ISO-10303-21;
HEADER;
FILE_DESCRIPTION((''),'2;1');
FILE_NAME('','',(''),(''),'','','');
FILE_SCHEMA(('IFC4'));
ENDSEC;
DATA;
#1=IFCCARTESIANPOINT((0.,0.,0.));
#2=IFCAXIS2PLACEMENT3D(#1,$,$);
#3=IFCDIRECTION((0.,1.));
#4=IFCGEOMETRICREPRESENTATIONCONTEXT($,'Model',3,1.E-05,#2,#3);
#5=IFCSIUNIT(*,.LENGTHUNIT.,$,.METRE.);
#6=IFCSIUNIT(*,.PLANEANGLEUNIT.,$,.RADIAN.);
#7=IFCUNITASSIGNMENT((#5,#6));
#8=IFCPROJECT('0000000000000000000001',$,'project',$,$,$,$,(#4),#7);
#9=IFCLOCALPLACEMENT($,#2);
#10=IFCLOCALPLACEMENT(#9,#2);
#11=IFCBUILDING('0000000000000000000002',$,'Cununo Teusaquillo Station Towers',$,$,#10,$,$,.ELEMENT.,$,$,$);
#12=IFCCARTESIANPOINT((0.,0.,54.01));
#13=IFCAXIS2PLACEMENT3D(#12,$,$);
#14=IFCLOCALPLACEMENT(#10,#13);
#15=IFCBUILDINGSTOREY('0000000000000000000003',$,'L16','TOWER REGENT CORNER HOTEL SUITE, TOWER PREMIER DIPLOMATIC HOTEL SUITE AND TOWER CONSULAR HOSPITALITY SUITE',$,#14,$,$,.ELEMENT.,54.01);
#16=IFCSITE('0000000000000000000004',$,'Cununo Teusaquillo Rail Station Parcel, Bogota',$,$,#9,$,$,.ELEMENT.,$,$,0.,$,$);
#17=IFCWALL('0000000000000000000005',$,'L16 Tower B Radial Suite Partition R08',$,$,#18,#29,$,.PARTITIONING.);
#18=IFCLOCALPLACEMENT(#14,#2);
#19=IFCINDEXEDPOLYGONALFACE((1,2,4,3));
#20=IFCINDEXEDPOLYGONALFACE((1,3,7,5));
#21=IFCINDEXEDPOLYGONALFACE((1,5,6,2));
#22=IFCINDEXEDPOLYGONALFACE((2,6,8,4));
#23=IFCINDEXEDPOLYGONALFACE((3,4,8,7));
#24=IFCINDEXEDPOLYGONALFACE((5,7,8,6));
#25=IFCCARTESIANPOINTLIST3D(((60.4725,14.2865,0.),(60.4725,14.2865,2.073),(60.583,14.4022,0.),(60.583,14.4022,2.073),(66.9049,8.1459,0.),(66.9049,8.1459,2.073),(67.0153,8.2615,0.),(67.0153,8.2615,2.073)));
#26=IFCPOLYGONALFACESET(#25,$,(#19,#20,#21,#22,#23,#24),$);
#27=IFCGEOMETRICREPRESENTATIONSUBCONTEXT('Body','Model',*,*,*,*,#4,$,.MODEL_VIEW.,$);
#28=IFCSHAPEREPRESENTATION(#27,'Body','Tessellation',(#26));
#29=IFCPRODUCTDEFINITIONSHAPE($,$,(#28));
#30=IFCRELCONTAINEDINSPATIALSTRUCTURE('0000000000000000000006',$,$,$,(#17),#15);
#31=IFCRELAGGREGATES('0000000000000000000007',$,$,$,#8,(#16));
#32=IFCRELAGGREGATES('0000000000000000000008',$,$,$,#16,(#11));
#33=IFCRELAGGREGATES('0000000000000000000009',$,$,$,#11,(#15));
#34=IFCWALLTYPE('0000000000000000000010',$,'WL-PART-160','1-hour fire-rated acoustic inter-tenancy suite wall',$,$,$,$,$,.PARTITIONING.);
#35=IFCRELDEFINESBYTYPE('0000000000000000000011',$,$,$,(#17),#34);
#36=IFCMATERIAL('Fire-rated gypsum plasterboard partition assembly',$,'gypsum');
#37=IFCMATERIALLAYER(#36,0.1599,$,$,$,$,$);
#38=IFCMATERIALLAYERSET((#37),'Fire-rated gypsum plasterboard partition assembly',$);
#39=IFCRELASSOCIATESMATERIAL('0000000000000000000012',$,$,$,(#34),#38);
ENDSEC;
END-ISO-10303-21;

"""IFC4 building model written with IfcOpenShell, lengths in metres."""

from ifc_helpers import new_model, si_unit, direction, frame, frame_2d, origin, place, context, subcontext, project, spatial, rectangle, extrude, material, layer, layer_set, type_object, element, save


model = new_model("IFC4")

# Units and contexts
model_context = context("Model", 3, precision=1e-05, world=origin(), true_north=direction((0.0, 1.0)))
body_context = subcontext(model_context, "Body", "Model", "MODEL_VIEW")
ifc_project = project(units=[si_unit("LENGTHUNIT", "METRE"), si_unit("PLANEANGLEUNIT", "RADIAN")], contexts=[model_context])

# Site, building, storey
site_placement = place(None, origin())
site = spatial("IfcSite", under=ifc_project, at=site_placement, Name="Cununo Teusaquillo Rail Station Parcel, Bogota", CompositionType="ELEMENT", RefElevation=0.0)
building_placement = place(site_placement, origin())
building = spatial("IfcBuilding", under=site, at=building_placement, Name="Cununo Teusaquillo Station Towers", CompositionType="ELEMENT")
storey_placement = place(building_placement, frame((0.0, 0.0, 54.01)))
storey = spatial("IfcBuildingStorey", under=building, at=storey_placement, Name="L16", Description="TOWER REGENT CORNER HOTEL SUITE, TOWER PREMIER DIPLOMATIC HOTEL SUITE AND TOWER CONSULAR HOSPITALITY SUITE", CompositionType="ELEMENT", Elevation=54.01)

# Wall
ifc_material_1 = material(Name="Fire-rated gypsum plasterboard partition assembly", Category="gypsum")
ifc_layer_1 = layer(ifc_material_1, 0.1599)
ifc_layer_set_1 = layer_set([ifc_layer_1], Name="Fire-rated gypsum plasterboard partition assembly")
wall_type_1 = type_object("IfcWallType", Name="WL-PART-160", Description="1-hour fire-rated acoustic inter-tenancy suite wall", PredefinedType="PARTITIONING", material=ifc_layer_set_1)
wall_1_placement = place(storey_placement, frame((60.5278, 14.3442, 0.0), z_axis=(0.0, 0.0, 1.0), x_axis=(0.72332, -0.690513, 0.0)))
element("IfcWall", 1, at=wall_1_placement, inside=storey, type_object=wall_type_1, Name="L16 Tower B Radial Suite Partition R08", PredefinedType="PARTITIONING", context=body_context, shape_type="SweptSolid", body=[
    extrude(rectangle(XDim=8.8928, YDim=0.1599, at=frame_2d((4.4463, 0.0))), origin(), (0.0, 0.0, 1.0), 2.073),
])

save(model, "model.ifc")
